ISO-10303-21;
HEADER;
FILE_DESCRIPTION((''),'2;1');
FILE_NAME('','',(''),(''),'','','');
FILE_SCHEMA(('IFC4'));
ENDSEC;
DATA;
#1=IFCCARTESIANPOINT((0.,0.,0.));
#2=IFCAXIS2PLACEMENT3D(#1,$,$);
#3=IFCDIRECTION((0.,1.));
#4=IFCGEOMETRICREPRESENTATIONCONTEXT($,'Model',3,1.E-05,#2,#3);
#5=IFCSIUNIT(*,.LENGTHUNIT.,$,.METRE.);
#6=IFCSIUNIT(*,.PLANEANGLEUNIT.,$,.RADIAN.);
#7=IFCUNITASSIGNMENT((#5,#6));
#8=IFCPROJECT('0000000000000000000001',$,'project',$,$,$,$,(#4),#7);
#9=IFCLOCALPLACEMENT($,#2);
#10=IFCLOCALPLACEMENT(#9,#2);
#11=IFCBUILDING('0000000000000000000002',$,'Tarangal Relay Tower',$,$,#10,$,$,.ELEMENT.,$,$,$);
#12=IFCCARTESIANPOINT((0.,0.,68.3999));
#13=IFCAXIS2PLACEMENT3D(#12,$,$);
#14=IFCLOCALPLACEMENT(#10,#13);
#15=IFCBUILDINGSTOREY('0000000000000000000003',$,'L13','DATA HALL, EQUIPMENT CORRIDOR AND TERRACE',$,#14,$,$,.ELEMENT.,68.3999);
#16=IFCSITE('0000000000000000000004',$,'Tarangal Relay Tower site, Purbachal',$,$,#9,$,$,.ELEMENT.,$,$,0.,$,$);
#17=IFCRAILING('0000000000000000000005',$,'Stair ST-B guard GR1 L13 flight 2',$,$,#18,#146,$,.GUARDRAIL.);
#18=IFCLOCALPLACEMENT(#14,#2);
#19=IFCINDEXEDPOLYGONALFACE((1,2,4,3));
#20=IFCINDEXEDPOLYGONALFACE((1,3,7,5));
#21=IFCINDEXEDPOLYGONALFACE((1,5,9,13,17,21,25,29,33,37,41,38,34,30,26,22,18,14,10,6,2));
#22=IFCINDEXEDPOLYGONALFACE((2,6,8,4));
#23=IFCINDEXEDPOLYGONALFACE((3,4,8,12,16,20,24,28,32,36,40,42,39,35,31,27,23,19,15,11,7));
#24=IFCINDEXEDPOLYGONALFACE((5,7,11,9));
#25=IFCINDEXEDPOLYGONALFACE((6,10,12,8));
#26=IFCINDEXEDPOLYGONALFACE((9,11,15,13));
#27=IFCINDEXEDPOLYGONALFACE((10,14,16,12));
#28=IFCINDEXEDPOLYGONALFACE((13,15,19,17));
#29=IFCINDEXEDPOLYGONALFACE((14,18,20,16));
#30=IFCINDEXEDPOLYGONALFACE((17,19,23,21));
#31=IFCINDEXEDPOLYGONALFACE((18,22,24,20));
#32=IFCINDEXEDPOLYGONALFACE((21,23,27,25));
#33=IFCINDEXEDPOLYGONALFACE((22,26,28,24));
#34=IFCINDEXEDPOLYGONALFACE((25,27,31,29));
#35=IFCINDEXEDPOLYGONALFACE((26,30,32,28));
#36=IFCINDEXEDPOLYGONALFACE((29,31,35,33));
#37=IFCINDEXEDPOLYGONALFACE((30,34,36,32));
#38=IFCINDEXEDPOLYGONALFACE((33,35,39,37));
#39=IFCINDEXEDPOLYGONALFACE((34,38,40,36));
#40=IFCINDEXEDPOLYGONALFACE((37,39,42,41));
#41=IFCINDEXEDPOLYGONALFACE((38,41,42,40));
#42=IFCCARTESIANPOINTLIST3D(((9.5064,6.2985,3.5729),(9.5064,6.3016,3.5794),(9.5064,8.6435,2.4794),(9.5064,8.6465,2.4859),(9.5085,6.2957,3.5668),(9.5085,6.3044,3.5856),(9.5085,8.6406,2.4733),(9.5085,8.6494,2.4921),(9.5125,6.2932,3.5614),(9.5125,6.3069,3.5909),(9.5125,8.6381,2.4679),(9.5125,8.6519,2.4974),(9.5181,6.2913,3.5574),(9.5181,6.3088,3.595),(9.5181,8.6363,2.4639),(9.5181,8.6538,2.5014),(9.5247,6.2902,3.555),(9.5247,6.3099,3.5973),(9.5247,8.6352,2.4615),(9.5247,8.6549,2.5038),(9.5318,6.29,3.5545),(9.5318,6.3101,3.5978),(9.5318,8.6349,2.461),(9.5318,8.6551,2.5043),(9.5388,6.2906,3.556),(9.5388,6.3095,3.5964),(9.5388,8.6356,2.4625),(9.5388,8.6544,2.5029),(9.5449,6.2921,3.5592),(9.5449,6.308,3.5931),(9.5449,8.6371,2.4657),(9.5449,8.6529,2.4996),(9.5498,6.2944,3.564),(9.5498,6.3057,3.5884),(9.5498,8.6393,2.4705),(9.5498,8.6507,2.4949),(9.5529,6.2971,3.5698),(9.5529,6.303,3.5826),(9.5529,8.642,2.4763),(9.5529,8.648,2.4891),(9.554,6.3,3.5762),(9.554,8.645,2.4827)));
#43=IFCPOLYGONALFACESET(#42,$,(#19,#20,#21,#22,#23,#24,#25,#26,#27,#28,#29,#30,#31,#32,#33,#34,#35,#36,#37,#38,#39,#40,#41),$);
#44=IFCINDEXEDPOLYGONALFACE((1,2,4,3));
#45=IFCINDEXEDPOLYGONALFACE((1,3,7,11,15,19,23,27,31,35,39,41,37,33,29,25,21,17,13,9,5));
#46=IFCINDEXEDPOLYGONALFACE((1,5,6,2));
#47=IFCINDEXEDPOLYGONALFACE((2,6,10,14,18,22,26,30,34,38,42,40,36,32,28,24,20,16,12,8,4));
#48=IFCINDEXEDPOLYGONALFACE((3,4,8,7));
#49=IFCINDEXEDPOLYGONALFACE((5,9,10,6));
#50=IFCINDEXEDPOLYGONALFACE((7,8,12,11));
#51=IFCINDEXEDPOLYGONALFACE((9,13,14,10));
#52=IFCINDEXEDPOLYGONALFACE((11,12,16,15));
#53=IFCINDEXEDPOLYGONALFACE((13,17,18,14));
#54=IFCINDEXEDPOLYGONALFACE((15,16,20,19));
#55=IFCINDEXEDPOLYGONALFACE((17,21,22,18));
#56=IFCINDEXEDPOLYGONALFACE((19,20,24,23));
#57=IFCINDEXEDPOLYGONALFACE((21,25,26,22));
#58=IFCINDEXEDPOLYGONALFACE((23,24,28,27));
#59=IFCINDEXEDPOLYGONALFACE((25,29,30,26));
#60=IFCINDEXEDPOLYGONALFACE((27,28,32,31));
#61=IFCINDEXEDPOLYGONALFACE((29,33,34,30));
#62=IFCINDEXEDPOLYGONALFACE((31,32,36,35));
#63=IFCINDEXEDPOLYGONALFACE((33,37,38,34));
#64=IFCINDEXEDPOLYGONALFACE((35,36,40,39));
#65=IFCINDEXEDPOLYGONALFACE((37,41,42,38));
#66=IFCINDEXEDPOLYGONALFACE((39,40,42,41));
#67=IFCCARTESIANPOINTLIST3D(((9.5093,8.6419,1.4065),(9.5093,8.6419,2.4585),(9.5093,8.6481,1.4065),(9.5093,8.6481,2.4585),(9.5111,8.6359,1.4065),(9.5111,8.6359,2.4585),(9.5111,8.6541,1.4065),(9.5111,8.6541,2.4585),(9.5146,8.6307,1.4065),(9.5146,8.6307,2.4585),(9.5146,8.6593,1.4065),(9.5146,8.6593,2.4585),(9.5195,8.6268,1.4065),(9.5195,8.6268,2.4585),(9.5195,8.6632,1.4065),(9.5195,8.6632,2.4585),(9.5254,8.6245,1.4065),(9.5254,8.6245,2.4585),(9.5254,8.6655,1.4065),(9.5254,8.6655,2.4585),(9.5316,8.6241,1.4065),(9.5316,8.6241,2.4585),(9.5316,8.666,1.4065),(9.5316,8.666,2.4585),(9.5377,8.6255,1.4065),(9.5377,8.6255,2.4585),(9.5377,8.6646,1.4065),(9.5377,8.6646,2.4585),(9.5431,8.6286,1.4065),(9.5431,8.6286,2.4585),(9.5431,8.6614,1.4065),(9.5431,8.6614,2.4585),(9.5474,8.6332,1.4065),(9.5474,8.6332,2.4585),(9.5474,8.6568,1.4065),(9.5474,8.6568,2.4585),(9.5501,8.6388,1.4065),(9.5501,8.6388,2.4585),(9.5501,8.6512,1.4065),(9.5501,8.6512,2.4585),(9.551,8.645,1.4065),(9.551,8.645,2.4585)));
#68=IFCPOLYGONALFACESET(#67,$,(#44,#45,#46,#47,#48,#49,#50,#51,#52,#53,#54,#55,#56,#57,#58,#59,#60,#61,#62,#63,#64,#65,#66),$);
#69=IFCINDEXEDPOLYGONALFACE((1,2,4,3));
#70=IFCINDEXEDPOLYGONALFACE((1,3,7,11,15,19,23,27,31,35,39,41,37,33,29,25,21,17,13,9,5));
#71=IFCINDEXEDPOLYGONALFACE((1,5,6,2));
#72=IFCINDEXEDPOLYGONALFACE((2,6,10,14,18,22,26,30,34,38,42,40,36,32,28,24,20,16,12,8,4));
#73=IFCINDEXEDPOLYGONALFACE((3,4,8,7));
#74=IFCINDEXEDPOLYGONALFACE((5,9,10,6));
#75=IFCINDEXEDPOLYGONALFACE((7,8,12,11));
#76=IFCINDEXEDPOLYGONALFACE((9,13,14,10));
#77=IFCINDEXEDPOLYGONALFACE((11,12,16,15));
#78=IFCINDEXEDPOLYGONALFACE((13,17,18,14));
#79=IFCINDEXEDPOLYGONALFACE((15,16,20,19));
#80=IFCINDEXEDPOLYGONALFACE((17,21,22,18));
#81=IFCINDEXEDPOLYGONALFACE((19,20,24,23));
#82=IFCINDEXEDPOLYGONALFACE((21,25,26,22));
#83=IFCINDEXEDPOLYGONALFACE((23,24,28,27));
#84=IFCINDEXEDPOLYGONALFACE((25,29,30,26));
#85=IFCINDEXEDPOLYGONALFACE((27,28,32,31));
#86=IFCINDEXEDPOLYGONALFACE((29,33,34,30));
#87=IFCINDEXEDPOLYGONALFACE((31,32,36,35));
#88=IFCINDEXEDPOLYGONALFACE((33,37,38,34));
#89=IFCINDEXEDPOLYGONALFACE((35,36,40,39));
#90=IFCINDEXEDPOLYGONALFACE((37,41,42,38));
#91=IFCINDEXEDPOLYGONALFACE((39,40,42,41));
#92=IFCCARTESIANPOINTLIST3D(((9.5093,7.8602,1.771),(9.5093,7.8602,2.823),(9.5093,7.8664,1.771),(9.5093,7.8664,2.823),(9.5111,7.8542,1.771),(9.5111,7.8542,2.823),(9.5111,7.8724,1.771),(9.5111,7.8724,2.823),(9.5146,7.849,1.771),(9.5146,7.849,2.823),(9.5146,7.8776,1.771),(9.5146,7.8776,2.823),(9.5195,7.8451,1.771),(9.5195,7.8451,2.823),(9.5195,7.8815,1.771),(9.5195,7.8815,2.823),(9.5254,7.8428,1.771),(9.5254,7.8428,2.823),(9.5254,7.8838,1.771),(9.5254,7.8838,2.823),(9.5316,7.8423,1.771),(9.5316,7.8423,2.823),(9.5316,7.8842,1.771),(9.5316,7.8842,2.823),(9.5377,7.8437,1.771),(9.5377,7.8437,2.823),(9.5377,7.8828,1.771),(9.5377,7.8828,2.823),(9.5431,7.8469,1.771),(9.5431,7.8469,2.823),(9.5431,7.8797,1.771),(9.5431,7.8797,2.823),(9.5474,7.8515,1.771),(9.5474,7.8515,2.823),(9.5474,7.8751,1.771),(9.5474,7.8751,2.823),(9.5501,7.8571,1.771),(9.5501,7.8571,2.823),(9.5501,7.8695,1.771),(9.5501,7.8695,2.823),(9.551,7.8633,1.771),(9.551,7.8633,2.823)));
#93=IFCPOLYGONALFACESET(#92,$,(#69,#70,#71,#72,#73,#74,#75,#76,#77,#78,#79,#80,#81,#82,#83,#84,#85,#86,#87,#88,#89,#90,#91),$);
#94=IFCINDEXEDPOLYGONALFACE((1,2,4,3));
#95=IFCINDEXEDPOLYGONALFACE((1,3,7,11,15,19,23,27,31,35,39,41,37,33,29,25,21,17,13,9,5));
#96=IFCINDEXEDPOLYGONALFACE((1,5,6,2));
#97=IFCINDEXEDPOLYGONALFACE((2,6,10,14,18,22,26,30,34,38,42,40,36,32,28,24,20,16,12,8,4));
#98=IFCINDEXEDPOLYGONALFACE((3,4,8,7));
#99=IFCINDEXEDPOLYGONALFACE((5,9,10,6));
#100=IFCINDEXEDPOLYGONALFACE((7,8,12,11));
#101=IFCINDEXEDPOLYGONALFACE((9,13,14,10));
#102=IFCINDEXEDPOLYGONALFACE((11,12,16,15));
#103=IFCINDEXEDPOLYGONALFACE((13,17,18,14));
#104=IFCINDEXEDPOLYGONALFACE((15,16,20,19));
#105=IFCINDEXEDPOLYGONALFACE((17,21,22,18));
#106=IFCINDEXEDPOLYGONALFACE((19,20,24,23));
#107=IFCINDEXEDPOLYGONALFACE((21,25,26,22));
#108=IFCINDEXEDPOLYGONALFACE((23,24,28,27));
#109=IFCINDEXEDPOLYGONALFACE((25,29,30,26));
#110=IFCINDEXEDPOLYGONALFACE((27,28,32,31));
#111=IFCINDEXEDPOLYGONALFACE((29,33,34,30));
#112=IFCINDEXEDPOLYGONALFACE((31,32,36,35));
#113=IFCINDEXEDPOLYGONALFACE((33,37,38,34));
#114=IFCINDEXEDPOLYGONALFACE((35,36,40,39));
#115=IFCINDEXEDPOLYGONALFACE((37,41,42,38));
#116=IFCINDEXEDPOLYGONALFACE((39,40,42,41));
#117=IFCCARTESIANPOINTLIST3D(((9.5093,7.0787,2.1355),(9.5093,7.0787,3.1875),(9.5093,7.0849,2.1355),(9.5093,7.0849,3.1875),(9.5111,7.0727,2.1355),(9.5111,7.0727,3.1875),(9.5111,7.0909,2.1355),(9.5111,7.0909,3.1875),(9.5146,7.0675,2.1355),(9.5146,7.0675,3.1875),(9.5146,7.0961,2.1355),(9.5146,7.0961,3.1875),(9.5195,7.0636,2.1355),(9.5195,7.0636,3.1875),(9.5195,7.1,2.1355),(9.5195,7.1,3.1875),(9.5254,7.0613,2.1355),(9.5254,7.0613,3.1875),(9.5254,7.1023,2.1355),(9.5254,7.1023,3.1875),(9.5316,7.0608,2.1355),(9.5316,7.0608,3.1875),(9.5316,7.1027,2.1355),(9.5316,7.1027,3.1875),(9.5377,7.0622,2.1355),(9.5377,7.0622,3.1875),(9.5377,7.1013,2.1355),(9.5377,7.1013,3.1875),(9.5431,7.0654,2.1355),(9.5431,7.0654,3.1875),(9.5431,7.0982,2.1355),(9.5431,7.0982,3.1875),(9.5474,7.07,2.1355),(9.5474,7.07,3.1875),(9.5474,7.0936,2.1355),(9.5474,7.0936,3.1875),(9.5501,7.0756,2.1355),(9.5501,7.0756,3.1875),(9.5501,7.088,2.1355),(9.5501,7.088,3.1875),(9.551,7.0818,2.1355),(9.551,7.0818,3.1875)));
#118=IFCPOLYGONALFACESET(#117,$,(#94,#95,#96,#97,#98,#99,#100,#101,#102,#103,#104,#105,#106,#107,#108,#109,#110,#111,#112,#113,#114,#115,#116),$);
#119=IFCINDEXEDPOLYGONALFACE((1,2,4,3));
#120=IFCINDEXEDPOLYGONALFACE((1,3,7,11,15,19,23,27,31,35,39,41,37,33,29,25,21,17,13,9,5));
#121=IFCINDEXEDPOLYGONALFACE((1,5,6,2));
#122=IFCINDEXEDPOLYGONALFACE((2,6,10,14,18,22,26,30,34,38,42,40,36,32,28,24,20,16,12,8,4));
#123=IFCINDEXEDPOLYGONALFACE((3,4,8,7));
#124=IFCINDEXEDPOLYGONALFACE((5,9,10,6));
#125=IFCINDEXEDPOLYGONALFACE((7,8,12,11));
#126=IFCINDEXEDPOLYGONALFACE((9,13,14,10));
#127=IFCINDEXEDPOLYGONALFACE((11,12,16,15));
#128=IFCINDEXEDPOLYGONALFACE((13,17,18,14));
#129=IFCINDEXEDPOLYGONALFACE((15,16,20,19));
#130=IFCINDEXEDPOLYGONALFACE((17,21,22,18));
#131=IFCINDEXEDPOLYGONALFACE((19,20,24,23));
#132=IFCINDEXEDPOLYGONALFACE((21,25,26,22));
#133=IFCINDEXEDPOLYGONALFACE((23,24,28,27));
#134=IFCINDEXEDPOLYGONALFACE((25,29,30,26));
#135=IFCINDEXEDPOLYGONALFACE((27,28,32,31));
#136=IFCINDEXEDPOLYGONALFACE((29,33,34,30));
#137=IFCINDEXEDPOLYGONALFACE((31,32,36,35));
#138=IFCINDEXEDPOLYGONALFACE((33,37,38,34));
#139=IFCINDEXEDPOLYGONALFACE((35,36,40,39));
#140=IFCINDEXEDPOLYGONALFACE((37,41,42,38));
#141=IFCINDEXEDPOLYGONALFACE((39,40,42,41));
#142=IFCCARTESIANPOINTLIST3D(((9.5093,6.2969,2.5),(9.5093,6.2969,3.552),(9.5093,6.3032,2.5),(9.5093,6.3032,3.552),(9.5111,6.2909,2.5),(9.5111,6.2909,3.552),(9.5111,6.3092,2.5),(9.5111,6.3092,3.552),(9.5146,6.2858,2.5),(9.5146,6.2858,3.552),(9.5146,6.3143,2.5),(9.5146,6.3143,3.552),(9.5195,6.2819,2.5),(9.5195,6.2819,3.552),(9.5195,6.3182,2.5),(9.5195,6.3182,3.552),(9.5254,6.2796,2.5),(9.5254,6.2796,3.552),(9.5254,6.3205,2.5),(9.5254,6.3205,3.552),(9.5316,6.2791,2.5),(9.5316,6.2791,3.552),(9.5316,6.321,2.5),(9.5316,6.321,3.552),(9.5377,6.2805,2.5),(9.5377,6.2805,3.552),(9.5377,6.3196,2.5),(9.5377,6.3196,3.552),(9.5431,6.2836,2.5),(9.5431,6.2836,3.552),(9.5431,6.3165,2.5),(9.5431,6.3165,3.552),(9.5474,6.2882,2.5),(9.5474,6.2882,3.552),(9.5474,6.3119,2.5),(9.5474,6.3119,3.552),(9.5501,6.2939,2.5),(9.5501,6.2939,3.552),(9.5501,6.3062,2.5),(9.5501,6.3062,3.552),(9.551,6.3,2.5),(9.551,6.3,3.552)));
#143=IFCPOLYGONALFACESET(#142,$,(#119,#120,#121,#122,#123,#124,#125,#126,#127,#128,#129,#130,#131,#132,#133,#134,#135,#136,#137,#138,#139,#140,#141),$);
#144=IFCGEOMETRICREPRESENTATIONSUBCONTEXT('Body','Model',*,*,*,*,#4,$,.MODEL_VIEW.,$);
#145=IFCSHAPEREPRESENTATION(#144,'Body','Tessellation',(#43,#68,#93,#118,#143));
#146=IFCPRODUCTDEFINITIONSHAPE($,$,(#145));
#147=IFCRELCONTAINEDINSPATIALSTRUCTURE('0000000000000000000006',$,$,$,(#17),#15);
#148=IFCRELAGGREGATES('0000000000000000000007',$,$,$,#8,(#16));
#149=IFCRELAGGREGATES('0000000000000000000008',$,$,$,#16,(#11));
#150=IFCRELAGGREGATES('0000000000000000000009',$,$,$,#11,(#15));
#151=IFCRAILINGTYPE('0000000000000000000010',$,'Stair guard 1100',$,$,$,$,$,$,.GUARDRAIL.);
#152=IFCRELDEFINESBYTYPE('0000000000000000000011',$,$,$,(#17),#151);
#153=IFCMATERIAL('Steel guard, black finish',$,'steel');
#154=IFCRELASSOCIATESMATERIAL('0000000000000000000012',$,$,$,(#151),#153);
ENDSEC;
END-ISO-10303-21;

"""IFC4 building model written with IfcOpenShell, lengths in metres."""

from ifc_helpers import new_model, si_unit, direction, frame, origin, origin_2d, place, context, subcontext, project, spatial, circle, extrude, material, type_object, element, save


model = new_model("IFC4")

# Units and contexts
model_context = context("Model", 3, precision=1e-05, world=origin(), true_north=direction((0.0, 1.0)))
body_context = subcontext(model_context, "Body", "Model", "MODEL_VIEW")
ifc_project = project(units=[si_unit("LENGTHUNIT", "METRE"), si_unit("PLANEANGLEUNIT", "RADIAN")], contexts=[model_context])

# Site, building, storey
site_placement = place(None, origin())
site = spatial("IfcSite", under=ifc_project, at=site_placement, Name="Tarangal Relay Tower site, Purbachal", CompositionType="ELEMENT", RefElevation=0.0)
building_placement = place(site_placement, origin())
building = spatial("IfcBuilding", under=site, at=building_placement, Name="Tarangal Relay Tower", CompositionType="ELEMENT")
storey_placement = place(building_placement, frame((0.0, 0.0, 68.3999)))
storey = spatial("IfcBuildingStorey", under=building, at=storey_placement, Name="L13", Description="DATA HALL, EQUIPMENT CORRIDOR AND TERRACE", CompositionType="ELEMENT", Elevation=68.3999)

# Railing
ifc_material_1 = material(Name="Steel guard, black finish", Category="steel")
railing_type_1 = type_object("IfcRailingType", Name="Stair guard 1100", PredefinedType="GUARDRAIL", material=ifc_material_1)
railing_1_placement = place(storey_placement, frame((9.53, 8.645, 1.4065)))
element("IfcRailing", 1, at=railing_1_placement, inside=storey, type_object=railing_type_1, Name="Stair ST-B guard GR1 L13 flight 2", PredefinedType="GUARDRAIL", context=body_context, shape_type="SweptSolid", body=[
    extrude(circle(Radius=0.0239, at=origin_2d()), frame((0.0, 0.0, 1.0762), z_axis=(0.0, -0.906304, 0.422627), x_axis=(1.0, 0.0, 0.0)), (0.0, 0.0, 1.0), 2.5874),
    extrude(circle(Radius=0.021, at=origin_2d()), origin(), (0.0, 0.0, 1.0), 1.052),
    extrude(circle(Radius=0.021, at=origin_2d()), frame((0.0, -0.7817, 0.3645)), (0.0, 0.0, 1.0), 1.052),
    extrude(circle(Radius=0.021, at=origin_2d()), frame((0.0, -1.5632, 0.729)), (0.0, 0.0, 1.0), 1.052),
    extrude(circle(Radius=0.021, at=origin_2d()), frame((0.0, -2.345, 1.0935)), (0.0, 0.0, 1.0), 1.052),
])

save(model, "model.ifc")
